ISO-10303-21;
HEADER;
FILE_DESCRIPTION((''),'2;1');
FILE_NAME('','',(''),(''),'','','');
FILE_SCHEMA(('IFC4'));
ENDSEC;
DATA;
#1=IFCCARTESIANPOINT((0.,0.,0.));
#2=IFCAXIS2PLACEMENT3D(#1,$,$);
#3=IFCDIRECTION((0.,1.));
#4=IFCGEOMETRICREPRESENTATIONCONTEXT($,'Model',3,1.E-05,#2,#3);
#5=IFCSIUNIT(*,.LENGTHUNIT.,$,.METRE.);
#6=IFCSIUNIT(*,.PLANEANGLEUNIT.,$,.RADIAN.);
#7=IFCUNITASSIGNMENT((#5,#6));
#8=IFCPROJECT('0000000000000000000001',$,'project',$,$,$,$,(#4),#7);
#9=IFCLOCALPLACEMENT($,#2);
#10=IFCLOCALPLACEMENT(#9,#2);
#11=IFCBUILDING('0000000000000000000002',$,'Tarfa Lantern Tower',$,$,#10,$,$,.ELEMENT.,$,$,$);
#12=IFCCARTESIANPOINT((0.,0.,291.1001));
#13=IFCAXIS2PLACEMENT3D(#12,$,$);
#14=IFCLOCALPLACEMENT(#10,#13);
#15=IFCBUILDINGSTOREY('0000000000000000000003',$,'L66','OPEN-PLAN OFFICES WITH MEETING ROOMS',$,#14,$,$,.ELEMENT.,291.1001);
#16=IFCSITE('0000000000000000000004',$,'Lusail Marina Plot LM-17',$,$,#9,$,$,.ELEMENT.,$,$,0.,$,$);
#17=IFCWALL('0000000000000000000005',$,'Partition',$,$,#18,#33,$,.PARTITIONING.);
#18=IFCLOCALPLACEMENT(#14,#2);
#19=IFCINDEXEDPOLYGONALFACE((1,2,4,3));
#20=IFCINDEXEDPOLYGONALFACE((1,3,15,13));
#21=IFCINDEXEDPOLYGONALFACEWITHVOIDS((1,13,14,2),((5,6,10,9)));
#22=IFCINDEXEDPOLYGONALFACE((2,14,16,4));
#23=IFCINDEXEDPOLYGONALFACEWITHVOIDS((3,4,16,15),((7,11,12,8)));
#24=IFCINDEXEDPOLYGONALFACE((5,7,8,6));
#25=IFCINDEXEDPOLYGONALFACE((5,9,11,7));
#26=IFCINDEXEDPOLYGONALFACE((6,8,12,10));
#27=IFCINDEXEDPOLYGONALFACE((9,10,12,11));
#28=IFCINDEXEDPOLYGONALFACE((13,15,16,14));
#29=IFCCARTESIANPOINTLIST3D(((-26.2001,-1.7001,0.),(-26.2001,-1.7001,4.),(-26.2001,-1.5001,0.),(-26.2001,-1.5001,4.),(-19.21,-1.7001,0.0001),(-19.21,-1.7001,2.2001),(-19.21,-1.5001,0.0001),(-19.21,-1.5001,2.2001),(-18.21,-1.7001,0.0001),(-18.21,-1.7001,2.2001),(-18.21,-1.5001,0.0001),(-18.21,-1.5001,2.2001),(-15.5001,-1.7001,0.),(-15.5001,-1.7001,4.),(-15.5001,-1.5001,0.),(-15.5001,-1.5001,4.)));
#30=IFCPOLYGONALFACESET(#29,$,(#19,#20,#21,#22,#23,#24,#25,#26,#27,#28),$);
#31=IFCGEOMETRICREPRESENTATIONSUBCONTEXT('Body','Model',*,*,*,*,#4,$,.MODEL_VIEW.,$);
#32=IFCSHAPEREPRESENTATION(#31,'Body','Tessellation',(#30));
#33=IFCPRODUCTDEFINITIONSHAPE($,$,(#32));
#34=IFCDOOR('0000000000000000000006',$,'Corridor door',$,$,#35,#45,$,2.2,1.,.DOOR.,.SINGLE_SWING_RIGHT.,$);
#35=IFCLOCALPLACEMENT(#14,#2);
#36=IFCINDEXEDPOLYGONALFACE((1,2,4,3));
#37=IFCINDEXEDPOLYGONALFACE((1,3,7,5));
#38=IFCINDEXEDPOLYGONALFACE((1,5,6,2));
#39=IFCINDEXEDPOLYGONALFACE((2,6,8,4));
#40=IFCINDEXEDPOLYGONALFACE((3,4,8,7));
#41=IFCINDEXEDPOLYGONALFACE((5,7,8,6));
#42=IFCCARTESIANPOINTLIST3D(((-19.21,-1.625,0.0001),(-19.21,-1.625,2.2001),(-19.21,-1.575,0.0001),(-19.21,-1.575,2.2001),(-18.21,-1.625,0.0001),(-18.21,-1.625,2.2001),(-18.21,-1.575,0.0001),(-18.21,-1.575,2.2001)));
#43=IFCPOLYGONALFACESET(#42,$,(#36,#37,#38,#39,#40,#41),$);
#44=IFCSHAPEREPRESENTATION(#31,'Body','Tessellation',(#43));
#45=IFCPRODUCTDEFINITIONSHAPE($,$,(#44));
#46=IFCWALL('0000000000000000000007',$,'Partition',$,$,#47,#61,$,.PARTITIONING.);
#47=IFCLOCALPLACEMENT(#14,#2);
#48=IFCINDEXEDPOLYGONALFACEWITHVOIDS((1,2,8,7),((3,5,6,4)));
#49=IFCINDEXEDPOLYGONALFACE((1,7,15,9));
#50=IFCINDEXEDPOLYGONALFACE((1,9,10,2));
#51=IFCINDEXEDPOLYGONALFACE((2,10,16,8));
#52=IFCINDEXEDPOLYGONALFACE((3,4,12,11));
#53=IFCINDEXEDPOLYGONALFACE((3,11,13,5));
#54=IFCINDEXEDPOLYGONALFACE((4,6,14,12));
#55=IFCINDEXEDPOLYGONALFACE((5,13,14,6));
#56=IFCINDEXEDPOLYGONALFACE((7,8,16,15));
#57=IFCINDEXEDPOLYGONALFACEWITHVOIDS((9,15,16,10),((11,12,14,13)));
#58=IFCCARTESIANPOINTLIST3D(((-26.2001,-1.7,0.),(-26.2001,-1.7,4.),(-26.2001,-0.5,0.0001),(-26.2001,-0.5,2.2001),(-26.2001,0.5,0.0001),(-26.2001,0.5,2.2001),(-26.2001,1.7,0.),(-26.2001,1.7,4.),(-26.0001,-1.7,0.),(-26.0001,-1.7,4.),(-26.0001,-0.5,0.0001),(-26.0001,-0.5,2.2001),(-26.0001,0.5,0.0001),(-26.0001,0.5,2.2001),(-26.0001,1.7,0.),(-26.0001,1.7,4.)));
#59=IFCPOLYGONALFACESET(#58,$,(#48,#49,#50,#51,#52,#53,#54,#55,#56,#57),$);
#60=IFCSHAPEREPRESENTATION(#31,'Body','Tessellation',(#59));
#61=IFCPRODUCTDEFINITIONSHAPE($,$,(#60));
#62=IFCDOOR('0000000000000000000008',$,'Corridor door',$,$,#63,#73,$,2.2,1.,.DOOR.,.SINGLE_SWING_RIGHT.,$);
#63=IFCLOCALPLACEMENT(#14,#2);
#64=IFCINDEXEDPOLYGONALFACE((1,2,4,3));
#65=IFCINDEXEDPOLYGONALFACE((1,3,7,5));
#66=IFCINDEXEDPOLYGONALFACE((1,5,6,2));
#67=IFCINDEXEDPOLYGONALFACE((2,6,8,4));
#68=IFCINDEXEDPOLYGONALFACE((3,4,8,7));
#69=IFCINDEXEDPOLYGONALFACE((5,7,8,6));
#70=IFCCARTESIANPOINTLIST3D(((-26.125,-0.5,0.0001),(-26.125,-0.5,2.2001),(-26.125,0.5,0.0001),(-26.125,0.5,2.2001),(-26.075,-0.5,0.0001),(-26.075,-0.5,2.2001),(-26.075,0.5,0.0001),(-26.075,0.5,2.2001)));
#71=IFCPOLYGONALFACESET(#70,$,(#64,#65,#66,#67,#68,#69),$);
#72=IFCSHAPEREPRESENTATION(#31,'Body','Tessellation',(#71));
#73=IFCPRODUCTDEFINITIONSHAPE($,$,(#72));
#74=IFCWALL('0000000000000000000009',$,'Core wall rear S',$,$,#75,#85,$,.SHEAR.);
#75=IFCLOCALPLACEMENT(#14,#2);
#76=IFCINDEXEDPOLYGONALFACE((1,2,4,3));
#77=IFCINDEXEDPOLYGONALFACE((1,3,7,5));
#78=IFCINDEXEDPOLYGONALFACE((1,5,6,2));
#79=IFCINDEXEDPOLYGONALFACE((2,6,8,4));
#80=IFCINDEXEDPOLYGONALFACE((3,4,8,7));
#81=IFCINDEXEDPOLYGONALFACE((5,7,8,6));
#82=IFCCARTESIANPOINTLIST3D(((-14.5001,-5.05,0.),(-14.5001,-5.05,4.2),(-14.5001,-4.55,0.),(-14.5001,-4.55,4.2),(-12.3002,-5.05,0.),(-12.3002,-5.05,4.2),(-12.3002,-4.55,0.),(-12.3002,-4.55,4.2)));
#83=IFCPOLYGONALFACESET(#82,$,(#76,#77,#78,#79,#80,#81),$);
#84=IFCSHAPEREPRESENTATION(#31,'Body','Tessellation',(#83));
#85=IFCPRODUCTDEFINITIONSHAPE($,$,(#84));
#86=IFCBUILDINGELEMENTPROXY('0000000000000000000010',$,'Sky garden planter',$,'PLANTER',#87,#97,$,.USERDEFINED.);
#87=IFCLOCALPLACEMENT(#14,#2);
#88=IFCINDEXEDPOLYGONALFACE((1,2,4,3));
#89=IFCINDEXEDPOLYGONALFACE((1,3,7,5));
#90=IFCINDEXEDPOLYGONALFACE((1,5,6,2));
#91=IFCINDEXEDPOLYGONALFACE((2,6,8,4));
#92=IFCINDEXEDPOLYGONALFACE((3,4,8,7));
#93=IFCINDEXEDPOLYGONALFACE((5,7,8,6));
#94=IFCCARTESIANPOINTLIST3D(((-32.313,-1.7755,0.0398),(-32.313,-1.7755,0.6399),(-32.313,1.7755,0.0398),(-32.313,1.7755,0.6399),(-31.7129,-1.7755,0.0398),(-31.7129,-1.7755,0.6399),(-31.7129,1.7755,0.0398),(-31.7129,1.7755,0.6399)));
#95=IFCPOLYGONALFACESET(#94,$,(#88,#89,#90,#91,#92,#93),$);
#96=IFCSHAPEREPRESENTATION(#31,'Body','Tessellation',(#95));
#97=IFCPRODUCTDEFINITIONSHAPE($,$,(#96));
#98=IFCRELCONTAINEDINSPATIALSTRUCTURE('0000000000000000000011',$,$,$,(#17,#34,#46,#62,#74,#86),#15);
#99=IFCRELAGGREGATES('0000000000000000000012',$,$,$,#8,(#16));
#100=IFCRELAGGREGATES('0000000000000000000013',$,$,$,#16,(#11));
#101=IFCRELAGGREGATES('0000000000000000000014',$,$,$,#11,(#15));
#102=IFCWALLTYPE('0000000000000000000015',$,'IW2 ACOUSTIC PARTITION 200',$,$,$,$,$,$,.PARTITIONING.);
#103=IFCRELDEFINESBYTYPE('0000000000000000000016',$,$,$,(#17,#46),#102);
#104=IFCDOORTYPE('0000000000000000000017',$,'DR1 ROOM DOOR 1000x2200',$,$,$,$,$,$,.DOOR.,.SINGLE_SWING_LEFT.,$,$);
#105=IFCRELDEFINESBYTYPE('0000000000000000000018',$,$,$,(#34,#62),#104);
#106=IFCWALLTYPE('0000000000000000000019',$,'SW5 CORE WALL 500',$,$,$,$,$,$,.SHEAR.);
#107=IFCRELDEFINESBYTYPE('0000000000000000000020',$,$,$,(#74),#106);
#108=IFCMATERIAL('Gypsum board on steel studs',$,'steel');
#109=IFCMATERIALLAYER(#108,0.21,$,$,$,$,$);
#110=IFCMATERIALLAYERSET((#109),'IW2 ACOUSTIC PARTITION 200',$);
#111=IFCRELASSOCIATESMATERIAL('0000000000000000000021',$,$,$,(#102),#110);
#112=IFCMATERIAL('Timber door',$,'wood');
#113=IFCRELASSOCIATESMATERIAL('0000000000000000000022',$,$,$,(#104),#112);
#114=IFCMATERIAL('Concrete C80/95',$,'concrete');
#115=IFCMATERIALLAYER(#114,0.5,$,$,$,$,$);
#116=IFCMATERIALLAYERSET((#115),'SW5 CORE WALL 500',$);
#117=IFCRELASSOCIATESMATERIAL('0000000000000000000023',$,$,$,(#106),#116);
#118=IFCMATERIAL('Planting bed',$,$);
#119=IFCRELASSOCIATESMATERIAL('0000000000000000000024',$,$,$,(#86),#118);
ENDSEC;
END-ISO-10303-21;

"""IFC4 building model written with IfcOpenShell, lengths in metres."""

from ifc_helpers import new_model, si_unit, direction, frame, frame_2d, origin, origin_2d, place, context, subcontext, project, spatial, rectangle, extrude, material, layer, layer_set, type_object, element, fill, save


model = new_model("IFC4")

# Units and contexts
model_context = context("Model", 3, precision=1e-05, world=origin(), true_north=direction((0.0, 1.0)))
body_context = subcontext(model_context, "Body", "Model", "MODEL_VIEW")
ifc_project = project(units=[si_unit("LENGTHUNIT", "METRE"), si_unit("PLANEANGLEUNIT", "RADIAN")], contexts=[model_context])

# Site, building, storey
site_placement = place(None, origin())
site = spatial("IfcSite", under=ifc_project, at=site_placement, Name="Lusail Marina Plot LM-17", CompositionType="ELEMENT", RefElevation=0.0)
building_placement = place(site_placement, origin())
building = spatial("IfcBuilding", under=site, at=building_placement, Name="Tarfa Lantern Tower", CompositionType="ELEMENT")
storey_placement = place(building_placement, frame((0.0, 0.0, 291.1001)))
storey = spatial("IfcBuildingStorey", under=building, at=storey_placement, Name="L66", Description="OPEN-PLAN OFFICES WITH MEETING ROOMS", CompositionType="ELEMENT", Elevation=291.1001)

# Shared definitions
ifc_material_1 = material(Name="Concrete C80/95", Category="concrete")

# Walls, openings, doors
ifc_material_2 = material(Name="Gypsum board on steel studs", Category="steel")
ifc_layer_1 = layer(ifc_material_2, 0.21)
ifc_layer_set_1 = layer_set([ifc_layer_1], Name="IW2 ACOUSTIC PARTITION 200")
wall_type_1 = type_object("IfcWallType", Name="IW2 ACOUSTIC PARTITION 200", PredefinedType="PARTITIONING", material=ifc_layer_set_1)
ifc_material_3 = material(Name="Timber door", Category="wood")
door_type_1 = type_object("IfcDoorType", Name="DR1 ROOM DOOR 1000x2200", OperationType="SINGLE_SWING_LEFT", PredefinedType="DOOR", material=ifc_material_3)
wall_1_placement = place(storey_placement, frame((-15.5, -1.6001, 0.0), z_axis=(0.0, 0.0, 1.0), x_axis=(-1.0, 0.0, 0.0)))
wall_1 = element("IfcWall", 1, at=wall_1_placement, inside=storey, type_object=wall_type_1, Name="Partition", PredefinedType="PARTITIONING", context=body_context, shape_type="SweptSolid", body=[
    extrude(rectangle(XDim=10.7, YDim=0.2, at=frame_2d((5.3501, 0.0))), origin(), (0.0, 0.0, 1.0), 4.0),
])
opening_1_placement = place(wall_1_placement, frame((2.71, 0.0, 0.0)))
opening_1 = element("IfcOpeningElement", 2, at=opening_1_placement, cuts=wall_1, PredefinedType="OPENING", context=body_context, shape_type="SweptSolid", body=[
    extrude(rectangle(XDim=1.0, YDim=2.2, at=frame_2d((0.5, 1.1001))), frame((0.0, 0.1099, 0.0), z_axis=(0.0, -1.0, 0.0), x_axis=(1.0, 0.0, 0.0)), (0.0, 0.0, 1.0), 0.22),
])
door_1_placement = place(opening_1_placement, origin())
door_1 = element("IfcDoor", 3, at=door_1_placement, inside=storey, type_object=door_type_1, Name="Corridor door", OperationType="SINGLE_SWING_RIGHT", OverallHeight=2.2, OverallWidth=1.0, PredefinedType="DOOR", context=body_context, shape_type="SweptSolid", body=[
    extrude(rectangle(XDim=1.0, YDim=2.2, at=frame_2d((0.5, 1.1001))), frame((0.0, 0.0249, 0.0), z_axis=(0.0, -1.0, 0.0), x_axis=(1.0, 0.0, 0.0)), (0.0, 0.0, 1.0), 0.05),
])
fill(opening_1, door_1)
wall_2_placement = place(storey_placement, frame((-26.1001, -1.7, 0.0), z_axis=(0.0, 0.0, 1.0), x_axis=(0.0, 1.0, 0.0)))
wall_2 = element("IfcWall", 4, at=wall_2_placement, inside=storey, type_object=wall_type_1, Name="Partition", PredefinedType="PARTITIONING", context=body_context, shape_type="SweptSolid", body=[
    extrude(rectangle(XDim=3.3999, YDim=0.2, at=frame_2d((1.7, 0.0))), origin(), (0.0, 0.0, 1.0), 4.0),
])
opening_2_placement = place(wall_2_placement, frame((1.2, 0.0, 0.0)))
opening_2 = element("IfcOpeningElement", 5, at=opening_2_placement, cuts=wall_2, PredefinedType="OPENING", context=body_context, shape_type="SweptSolid", body=[
    extrude(rectangle(XDim=1.0, YDim=2.2, at=frame_2d((0.5, 1.1001))), frame((0.0, 0.1099, 0.0), z_axis=(0.0, -1.0, 0.0), x_axis=(1.0, 0.0, 0.0)), (0.0, 0.0, 1.0), 0.22),
])
door_2_placement = place(opening_2_placement, origin())
door_2 = element("IfcDoor", 6, at=door_2_placement, inside=storey, type_object=door_type_1, Name="Corridor door", OperationType="SINGLE_SWING_RIGHT", OverallHeight=2.2, OverallWidth=1.0, PredefinedType="DOOR", context=body_context, shape_type="SweptSolid", body=[
    extrude(rectangle(XDim=1.0, YDim=2.2, at=frame_2d((0.5, 1.1001))), frame((0.0, 0.0249, 0.0), z_axis=(0.0, -1.0, 0.0), x_axis=(1.0, 0.0, 0.0)), (0.0, 0.0, 1.0), 0.05),
])
fill(opening_2, door_2)

# Wall
ifc_layer_2 = layer(ifc_material_1, 0.5)
ifc_layer_set_2 = layer_set([ifc_layer_2], Name="SW5 CORE WALL 500")
wall_type_2 = type_object("IfcWallType", Name="SW5 CORE WALL 500", PredefinedType="SHEAR", material=ifc_layer_set_2)
wall_3_placement = place(storey_placement, frame((-12.3, -4.8, 0.0), z_axis=(0.0, 0.0, 1.0), x_axis=(-1.0, 0.0, 0.0)))
element("IfcWall", 7, at=wall_3_placement, inside=storey, type_object=wall_type_2, Name="Core wall rear S", PredefinedType="SHEAR", context=body_context, shape_type="SweptSolid", body=[
    extrude(rectangle(XDim=2.2, YDim=0.5, at=frame_2d((1.1001, 0.0))), origin(), (0.0, 0.0, 1.0), 4.2),
])

# Building element proxy
ifc_material_4 = material(Name="Planting bed")
proxy_placement = place(storey_placement, frame((-32.0129, 0.0, 0.0398), z_axis=(0.0, 0.0, 1.0), x_axis=(0.0, -1.0, 0.0)))
element("IfcBuildingElementProxy", 8, at=proxy_placement, inside=storey, material=ifc_material_4, Name="Sky garden planter", ObjectType="PLANTER", PredefinedType="USERDEFINED", context=body_context, shape_type="SweptSolid", body=[
    extrude(rectangle(XDim=3.551, YDim=0.6001, at=origin_2d()), origin(), (0.0, 0.0, 1.0), 0.6001),
])

save(model, "model.ifc")
